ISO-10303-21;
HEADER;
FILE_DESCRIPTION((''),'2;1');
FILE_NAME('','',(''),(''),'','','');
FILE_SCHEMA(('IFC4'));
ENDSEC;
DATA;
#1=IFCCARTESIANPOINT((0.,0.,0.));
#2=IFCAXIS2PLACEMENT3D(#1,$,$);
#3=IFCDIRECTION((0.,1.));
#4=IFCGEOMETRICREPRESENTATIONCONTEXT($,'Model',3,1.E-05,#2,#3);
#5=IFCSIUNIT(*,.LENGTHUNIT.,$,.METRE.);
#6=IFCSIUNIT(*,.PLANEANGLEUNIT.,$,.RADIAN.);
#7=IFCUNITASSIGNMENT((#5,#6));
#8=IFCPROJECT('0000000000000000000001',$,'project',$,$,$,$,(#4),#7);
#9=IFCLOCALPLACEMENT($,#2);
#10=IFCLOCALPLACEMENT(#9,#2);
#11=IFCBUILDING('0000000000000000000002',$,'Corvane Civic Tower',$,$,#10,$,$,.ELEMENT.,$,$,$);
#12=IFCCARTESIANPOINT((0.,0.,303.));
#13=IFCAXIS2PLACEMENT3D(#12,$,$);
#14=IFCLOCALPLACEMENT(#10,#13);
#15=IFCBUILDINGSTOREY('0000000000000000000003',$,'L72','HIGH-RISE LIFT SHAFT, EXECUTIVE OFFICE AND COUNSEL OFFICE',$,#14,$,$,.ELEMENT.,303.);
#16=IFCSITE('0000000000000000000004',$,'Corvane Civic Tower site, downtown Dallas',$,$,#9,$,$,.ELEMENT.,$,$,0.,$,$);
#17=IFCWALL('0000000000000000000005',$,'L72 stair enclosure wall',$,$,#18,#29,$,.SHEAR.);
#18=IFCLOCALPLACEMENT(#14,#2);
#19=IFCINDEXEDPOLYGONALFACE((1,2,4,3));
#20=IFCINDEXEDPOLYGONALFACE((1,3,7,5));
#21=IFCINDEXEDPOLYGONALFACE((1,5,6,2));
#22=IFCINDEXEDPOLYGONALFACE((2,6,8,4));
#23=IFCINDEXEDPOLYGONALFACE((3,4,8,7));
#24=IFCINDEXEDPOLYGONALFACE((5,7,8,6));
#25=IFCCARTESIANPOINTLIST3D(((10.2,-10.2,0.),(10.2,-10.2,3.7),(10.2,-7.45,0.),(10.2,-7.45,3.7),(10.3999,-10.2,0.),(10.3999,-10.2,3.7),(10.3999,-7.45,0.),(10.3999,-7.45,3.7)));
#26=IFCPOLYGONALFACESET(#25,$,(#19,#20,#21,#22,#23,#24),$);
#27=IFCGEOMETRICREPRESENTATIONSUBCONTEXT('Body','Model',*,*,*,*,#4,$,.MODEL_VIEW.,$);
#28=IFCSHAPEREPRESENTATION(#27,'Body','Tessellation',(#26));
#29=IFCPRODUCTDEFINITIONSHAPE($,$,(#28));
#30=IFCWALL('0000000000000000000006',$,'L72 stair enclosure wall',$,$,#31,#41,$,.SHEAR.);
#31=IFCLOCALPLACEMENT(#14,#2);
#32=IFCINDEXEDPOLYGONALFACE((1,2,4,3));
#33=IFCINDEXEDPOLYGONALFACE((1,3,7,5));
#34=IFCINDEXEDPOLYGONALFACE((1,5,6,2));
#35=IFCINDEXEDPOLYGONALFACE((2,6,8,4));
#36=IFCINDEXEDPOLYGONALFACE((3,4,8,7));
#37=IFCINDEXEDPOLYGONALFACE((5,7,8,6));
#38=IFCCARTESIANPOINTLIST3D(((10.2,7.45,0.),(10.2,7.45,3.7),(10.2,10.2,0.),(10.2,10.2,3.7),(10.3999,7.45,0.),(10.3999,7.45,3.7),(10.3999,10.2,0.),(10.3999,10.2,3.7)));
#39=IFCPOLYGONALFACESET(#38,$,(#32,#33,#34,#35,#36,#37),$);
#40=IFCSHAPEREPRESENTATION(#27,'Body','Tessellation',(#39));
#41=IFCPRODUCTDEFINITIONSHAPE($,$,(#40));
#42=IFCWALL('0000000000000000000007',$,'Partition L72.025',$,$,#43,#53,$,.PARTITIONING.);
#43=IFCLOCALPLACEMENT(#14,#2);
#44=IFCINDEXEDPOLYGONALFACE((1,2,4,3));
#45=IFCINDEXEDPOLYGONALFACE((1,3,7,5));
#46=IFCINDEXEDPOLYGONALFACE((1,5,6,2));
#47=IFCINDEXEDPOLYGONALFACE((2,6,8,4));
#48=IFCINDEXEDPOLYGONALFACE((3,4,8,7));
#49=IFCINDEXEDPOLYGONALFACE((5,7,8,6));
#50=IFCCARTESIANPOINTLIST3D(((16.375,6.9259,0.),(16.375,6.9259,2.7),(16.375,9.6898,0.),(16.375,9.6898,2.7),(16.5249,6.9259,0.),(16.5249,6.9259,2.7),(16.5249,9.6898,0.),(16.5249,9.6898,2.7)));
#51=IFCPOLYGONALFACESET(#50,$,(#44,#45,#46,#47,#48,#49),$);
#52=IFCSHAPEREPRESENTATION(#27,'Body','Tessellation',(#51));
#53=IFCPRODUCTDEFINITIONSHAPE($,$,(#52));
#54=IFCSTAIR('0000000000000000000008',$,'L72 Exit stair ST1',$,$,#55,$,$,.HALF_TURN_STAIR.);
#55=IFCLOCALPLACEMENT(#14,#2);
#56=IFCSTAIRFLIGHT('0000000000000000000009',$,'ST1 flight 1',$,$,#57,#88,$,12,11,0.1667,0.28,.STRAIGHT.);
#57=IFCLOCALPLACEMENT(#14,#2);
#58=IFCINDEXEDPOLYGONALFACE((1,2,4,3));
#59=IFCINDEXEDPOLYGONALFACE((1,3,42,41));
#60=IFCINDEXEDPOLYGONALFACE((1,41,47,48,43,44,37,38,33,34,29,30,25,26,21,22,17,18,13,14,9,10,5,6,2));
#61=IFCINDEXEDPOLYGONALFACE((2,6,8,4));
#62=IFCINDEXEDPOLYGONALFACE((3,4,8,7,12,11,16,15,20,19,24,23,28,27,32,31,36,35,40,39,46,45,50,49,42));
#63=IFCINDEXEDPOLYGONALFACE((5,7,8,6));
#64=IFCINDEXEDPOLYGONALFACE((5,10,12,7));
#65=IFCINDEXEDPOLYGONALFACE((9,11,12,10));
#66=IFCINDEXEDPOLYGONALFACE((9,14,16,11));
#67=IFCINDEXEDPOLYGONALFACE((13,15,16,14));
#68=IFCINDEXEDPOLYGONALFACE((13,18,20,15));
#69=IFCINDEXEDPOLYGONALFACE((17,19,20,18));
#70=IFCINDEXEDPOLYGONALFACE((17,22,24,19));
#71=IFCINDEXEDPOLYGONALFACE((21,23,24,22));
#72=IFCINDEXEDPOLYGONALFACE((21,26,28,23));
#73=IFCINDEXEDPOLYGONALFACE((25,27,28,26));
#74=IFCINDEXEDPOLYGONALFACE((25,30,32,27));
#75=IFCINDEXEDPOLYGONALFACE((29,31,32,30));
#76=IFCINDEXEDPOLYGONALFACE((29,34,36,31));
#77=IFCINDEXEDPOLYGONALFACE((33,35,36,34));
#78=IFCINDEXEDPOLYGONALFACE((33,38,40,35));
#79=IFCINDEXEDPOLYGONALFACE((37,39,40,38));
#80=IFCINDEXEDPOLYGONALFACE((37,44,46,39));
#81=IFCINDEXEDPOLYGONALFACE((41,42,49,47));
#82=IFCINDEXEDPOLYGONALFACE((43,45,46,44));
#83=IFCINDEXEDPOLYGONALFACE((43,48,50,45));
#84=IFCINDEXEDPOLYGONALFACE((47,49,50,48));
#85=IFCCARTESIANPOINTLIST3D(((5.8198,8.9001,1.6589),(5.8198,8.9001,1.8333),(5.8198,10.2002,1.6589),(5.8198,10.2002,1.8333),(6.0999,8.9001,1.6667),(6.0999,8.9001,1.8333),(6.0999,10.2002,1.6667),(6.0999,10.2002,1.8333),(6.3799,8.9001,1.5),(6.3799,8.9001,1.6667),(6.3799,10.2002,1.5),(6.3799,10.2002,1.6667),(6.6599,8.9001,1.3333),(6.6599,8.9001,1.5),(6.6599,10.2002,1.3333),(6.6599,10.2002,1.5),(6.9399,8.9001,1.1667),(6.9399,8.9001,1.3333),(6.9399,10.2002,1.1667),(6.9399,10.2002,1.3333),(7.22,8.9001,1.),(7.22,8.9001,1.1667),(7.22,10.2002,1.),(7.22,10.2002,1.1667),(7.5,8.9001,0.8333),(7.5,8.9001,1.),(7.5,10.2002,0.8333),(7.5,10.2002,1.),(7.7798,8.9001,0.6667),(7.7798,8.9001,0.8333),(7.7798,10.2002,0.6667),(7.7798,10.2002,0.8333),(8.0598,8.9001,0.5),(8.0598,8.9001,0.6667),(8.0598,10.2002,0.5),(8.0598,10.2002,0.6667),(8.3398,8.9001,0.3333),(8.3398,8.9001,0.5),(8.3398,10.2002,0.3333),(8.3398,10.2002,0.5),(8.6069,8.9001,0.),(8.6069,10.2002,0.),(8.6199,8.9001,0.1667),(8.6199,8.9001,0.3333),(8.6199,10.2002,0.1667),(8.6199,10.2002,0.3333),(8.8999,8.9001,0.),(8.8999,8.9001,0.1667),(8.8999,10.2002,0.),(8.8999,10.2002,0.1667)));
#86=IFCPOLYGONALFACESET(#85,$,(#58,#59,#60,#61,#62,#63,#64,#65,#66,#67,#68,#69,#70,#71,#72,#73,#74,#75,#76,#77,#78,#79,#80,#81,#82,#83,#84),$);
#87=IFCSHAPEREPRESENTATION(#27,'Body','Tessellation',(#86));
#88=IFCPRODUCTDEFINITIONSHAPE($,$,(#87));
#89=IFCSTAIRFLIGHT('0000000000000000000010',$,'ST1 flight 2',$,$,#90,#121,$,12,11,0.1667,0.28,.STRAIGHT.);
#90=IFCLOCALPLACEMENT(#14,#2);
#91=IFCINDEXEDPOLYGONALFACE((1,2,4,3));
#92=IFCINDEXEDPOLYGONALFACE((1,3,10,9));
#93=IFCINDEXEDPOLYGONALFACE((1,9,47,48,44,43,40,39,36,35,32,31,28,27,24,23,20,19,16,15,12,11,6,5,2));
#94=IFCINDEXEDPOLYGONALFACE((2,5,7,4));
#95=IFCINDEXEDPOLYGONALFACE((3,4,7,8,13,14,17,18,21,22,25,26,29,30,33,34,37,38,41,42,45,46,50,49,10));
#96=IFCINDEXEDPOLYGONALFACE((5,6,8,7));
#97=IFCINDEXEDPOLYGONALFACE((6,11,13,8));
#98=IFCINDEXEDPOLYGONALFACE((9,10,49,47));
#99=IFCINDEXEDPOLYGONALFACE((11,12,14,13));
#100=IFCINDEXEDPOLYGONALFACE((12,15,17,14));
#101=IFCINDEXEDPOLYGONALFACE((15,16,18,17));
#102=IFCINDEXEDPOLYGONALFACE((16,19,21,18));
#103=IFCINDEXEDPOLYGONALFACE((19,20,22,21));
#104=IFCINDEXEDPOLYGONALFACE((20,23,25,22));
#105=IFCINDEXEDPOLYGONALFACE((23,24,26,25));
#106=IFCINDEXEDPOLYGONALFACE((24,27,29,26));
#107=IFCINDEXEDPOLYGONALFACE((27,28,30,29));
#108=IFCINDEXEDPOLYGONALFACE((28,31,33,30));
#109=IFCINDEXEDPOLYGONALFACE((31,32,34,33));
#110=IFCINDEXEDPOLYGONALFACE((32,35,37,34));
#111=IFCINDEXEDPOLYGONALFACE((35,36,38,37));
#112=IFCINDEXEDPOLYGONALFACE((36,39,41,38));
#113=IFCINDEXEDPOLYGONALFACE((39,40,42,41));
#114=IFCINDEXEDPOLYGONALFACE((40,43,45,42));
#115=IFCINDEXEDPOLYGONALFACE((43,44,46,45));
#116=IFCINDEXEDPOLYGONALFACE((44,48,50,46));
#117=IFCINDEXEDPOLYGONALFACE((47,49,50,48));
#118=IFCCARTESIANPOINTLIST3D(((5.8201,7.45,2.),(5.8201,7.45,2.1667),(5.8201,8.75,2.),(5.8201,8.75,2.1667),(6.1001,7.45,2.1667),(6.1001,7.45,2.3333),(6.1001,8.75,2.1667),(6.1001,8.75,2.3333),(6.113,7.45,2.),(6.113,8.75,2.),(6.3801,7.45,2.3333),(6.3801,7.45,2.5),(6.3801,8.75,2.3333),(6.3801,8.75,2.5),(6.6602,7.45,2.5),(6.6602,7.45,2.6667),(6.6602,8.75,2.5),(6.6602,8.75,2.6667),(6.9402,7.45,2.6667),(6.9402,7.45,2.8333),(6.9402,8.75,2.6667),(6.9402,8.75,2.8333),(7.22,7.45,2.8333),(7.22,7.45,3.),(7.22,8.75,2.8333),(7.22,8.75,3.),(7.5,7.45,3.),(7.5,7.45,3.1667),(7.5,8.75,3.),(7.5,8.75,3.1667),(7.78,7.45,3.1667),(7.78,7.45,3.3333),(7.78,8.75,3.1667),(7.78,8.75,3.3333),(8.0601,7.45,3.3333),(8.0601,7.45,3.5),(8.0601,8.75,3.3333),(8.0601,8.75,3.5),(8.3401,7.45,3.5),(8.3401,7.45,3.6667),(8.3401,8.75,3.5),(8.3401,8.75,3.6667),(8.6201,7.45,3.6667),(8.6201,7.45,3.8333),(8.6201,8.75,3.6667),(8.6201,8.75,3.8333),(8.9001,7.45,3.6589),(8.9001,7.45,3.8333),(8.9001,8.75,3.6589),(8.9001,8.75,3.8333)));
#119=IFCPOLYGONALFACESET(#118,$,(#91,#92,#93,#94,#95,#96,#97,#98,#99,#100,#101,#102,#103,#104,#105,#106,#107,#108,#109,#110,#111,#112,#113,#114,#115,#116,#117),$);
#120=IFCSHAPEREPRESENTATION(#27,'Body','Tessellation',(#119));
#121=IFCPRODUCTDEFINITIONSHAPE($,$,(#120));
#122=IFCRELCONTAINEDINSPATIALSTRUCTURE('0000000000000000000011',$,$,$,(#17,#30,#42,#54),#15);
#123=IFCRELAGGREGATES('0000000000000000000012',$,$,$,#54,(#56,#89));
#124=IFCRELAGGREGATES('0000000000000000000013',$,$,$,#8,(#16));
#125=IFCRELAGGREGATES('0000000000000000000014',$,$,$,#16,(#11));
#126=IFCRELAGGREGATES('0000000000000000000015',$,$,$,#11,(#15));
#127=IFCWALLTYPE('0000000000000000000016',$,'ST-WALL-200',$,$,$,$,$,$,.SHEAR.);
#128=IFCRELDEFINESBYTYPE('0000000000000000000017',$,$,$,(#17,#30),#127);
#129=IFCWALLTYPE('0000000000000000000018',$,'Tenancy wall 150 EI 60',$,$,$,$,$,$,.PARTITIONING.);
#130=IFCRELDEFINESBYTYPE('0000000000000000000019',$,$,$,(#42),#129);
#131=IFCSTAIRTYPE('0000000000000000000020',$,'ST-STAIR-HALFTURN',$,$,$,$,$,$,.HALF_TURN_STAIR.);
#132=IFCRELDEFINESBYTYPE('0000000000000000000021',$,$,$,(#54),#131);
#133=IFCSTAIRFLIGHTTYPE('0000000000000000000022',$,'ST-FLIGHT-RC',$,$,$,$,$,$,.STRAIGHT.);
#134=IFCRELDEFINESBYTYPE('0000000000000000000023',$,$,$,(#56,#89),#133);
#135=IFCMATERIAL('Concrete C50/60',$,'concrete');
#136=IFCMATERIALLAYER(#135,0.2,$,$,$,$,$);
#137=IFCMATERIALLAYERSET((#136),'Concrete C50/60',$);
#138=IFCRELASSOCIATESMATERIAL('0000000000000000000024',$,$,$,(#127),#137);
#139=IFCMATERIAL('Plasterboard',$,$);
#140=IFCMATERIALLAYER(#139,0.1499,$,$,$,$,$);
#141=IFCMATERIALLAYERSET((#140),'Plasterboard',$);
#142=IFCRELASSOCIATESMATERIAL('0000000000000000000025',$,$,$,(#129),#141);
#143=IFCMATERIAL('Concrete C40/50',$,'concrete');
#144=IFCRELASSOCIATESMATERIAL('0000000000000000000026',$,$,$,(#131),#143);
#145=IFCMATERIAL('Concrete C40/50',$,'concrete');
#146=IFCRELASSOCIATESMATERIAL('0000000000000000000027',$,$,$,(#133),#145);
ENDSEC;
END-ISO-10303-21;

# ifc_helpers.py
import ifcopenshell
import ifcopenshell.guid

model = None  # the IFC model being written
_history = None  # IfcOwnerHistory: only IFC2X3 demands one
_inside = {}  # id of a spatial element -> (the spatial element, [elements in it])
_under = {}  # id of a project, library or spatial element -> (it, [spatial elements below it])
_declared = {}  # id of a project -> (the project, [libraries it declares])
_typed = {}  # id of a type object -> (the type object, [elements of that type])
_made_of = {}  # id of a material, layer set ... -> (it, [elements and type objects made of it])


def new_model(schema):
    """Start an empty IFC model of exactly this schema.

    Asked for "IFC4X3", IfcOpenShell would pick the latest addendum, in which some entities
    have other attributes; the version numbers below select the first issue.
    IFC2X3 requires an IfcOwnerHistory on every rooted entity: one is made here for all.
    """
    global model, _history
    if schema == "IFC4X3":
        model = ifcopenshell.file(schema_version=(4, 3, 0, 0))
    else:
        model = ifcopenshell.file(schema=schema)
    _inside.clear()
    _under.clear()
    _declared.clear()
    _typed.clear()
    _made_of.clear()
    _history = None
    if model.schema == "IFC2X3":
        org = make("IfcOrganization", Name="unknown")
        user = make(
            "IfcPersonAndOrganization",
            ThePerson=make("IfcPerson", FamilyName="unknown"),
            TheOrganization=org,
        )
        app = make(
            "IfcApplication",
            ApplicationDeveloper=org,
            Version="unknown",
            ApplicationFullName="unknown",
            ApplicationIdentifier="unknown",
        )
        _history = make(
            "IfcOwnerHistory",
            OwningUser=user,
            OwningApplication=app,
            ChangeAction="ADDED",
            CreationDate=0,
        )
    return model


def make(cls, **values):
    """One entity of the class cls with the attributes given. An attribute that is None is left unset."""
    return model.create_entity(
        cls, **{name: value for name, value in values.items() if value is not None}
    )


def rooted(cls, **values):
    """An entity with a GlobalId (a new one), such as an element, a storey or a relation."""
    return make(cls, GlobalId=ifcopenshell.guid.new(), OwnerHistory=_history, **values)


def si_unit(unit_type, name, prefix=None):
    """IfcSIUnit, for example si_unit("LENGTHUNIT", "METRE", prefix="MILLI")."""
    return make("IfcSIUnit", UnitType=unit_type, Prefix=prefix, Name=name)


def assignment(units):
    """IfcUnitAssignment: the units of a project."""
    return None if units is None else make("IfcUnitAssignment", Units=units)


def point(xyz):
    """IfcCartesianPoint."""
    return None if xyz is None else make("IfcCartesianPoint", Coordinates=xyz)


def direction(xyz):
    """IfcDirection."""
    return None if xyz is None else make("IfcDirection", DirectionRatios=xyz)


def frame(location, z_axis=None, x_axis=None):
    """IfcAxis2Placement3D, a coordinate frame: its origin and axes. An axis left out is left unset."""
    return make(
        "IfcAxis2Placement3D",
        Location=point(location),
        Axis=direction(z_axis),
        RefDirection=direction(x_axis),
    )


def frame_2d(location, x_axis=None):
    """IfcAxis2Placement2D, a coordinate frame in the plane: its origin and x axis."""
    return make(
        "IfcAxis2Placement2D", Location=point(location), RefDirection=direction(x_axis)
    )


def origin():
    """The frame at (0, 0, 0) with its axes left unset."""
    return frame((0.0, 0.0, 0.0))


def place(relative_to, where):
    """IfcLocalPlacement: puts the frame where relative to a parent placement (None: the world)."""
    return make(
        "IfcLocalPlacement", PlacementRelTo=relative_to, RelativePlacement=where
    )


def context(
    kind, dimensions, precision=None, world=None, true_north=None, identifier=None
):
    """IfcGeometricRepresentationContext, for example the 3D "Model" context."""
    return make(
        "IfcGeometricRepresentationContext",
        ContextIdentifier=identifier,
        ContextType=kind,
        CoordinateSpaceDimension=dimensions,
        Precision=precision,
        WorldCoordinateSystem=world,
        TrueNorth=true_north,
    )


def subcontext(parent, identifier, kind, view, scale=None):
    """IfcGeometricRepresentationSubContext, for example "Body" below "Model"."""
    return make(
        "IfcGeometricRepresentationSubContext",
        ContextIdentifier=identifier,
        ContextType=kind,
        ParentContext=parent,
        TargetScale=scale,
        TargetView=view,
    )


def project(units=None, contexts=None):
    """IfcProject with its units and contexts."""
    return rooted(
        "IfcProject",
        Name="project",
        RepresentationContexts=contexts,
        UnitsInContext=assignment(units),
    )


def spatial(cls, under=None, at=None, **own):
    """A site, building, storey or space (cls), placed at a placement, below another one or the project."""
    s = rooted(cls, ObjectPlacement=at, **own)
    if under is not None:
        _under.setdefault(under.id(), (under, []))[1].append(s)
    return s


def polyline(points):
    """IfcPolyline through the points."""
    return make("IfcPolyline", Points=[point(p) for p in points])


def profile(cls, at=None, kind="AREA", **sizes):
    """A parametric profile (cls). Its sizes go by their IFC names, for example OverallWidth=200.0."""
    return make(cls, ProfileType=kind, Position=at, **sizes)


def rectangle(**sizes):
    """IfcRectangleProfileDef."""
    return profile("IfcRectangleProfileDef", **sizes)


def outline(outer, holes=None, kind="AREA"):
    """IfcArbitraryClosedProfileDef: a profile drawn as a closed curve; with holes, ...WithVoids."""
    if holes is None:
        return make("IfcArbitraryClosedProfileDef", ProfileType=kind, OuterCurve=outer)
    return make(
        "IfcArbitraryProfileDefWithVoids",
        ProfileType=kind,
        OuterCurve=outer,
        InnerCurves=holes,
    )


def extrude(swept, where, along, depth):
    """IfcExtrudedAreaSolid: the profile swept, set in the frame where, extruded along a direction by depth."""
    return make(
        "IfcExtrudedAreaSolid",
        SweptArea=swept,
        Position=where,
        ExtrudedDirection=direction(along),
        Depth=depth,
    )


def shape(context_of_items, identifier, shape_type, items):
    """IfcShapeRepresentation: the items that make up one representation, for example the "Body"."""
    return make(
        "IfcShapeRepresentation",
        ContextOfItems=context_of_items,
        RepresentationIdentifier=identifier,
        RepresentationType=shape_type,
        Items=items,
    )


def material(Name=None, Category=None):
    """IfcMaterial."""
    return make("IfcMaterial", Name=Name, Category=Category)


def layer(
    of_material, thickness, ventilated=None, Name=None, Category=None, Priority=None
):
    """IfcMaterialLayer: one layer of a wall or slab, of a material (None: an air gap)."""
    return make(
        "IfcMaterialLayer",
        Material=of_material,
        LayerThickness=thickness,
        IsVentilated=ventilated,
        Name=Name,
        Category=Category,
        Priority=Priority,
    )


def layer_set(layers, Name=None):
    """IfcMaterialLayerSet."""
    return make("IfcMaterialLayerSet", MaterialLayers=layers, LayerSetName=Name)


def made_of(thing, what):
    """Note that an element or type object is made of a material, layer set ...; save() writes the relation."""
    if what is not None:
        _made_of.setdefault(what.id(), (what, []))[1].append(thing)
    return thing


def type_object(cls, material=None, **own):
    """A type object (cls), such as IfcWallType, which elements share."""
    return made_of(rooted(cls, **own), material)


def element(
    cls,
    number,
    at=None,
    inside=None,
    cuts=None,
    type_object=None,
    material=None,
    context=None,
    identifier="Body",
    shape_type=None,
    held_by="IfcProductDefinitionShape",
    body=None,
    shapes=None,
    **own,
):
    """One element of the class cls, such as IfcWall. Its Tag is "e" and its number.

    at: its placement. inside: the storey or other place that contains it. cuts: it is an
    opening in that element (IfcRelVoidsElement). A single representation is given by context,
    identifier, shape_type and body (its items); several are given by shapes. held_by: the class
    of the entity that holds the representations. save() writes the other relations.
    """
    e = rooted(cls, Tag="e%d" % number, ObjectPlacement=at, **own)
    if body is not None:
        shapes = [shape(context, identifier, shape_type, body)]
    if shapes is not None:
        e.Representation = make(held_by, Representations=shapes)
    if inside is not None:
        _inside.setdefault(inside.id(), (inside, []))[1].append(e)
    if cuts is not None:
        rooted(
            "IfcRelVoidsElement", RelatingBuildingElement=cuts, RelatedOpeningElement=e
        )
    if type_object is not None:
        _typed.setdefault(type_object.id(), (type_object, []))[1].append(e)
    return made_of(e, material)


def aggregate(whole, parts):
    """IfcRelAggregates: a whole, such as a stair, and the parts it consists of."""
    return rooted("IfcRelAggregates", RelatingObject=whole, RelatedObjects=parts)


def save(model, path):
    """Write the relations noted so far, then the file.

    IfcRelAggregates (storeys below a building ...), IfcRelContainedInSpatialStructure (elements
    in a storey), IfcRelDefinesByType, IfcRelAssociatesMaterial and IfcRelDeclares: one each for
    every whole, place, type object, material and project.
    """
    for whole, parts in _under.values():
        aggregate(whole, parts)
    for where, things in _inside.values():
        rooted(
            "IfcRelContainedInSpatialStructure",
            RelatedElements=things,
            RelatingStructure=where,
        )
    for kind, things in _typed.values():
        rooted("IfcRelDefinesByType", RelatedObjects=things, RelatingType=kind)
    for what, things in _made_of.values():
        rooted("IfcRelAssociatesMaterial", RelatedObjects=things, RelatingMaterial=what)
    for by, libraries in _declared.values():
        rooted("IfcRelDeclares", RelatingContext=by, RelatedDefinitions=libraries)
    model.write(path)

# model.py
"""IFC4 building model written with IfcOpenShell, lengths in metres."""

from ifc_helpers import new_model, si_unit, direction, frame, frame_2d, origin, place, context, subcontext, project, spatial, polyline, rectangle, outline, extrude, material, layer, layer_set, type_object, element, aggregate, save


model = new_model("IFC4")

# Units and contexts
model_context = context("Model", 3, precision=1e-05, world=origin(), true_north=direction((0.0, 1.0)))
body_context = subcontext(model_context, "Body", "Model", "MODEL_VIEW")
ifc_project = project(units=[si_unit("LENGTHUNIT", "METRE"), si_unit("PLANEANGLEUNIT", "RADIAN")], contexts=[model_context])

# Site, building, storey
site_placement = place(None, origin())
site = spatial("IfcSite", under=ifc_project, at=site_placement, Name="Corvane Civic Tower site, downtown Dallas", CompositionType="ELEMENT", RefElevation=0.0)
building_placement = place(site_placement, origin())
building = spatial("IfcBuilding", under=site, at=building_placement, Name="Corvane Civic Tower", CompositionType="ELEMENT")
storey_placement = place(building_placement, frame((0.0, 0.0, 303.0)))
storey = spatial("IfcBuildingStorey", under=building, at=storey_placement, Name="L72", Description="HIGH-RISE LIFT SHAFT, EXECUTIVE OFFICE AND COUNSEL OFFICE", CompositionType="ELEMENT", Elevation=303.0)

# Shared definitions
ifc_material_1 = material(Name="Concrete C50/60", Category="concrete")
ifc_layer_1 = layer(ifc_material_1, 0.2)
ifc_layer_set_1 = layer_set([ifc_layer_1], Name="Concrete C50/60")
wall_type_1 = type_object("IfcWallType", Name="ST-WALL-200", PredefinedType="SHEAR", material=ifc_layer_set_1)

# Walls
wall_1_placement = place(storey_placement, origin())
element("IfcWall", 1, at=wall_1_placement, inside=storey, type_object=wall_type_1, Name="L72 stair enclosure wall", PredefinedType="SHEAR", context=body_context, shape_type="SweptSolid", body=[
    extrude(outline(polyline([(10.3999, -7.45), (10.3999, -10.2), (10.2, -10.2), (10.2, -7.45), (10.3999, -7.45)])), origin(), (0.0, 0.0, 1.0), 3.7),
])
wall_2_placement = place(storey_placement, origin())
element("IfcWall", 2, at=wall_2_placement, inside=storey, type_object=wall_type_1, Name="L72 stair enclosure wall", PredefinedType="SHEAR", context=body_context, shape_type="SweptSolid", body=[
    extrude(outline(polyline([(10.3999, 7.45), (10.2, 7.45), (10.2, 10.2), (10.3999, 10.2), (10.3999, 7.45)])), origin(), (0.0, 0.0, 1.0), 3.7),
])
ifc_material_2 = material(Name="Plasterboard")
ifc_layer_2 = layer(ifc_material_2, 0.1499)
ifc_layer_set_2 = layer_set([ifc_layer_2], Name="Plasterboard")
wall_type_2 = type_object("IfcWallType", Name="Tenancy wall 150 EI 60", PredefinedType="PARTITIONING", material=ifc_layer_set_2)
wall_3_placement = place(storey_placement, frame((16.45, 6.926, 0.0), z_axis=(0.0, 0.0, 1.0), x_axis=(0.0, 1.0, 0.0)))
element("IfcWall", 3, at=wall_3_placement, inside=storey, type_object=wall_type_2, Name="Partition L72.025", PredefinedType="PARTITIONING", context=body_context, shape_type="SweptSolid", body=[
    extrude(rectangle(XDim=2.7639, YDim=0.1499, at=frame_2d((1.3818, 0.0))), origin(), (0.0, 0.0, 1.0), 2.7),
])

# Stair, stair flights
ifc_material_3 = material(Name="Concrete C40/50", Category="concrete")
stair_type = type_object("IfcStairType", Name="ST-STAIR-HALFTURN", PredefinedType="HALF_TURN_STAIR", material=ifc_material_3)
stair_placement = place(storey_placement, origin())
stair = element("IfcStair", 4, at=stair_placement, inside=storey, type_object=stair_type, Name="L72 Exit stair ST1", PredefinedType="HALF_TURN_STAIR")
ifc_material_4 = material(Name="Concrete C40/50", Category="concrete")
stair_flight_type = type_object("IfcStairFlightType", Name="ST-FLIGHT-RC", PredefinedType="STRAIGHT", material=ifc_material_4)
stair_flight_1_placement = place(storey_placement, frame((8.8999, 9.55, 0.0), z_axis=(0.0, 0.0, 1.0), x_axis=(-1.0, 0.0, 0.0)))
stair_flight_1 = element("IfcStairFlight", 5, at=stair_flight_1_placement, type_object=stair_flight_type, Name="ST1 flight 1", NumberOfRisers=12, NumberOfTreads=11, PredefinedType="STRAIGHT", RiserHeight=0.1667, TreadLength=0.28, context=body_context, shape_type="SweptSolid", body=[
    extrude(outline(polyline([(0.0, 0.0), (0.0, 0.1667), (0.28, 0.1667), (0.28, 0.3333), (0.5601, 0.3333), (0.5601, 0.5), (0.8401, 0.5), (0.8401, 0.6667), (1.1201, 0.6667), (1.1201, 0.8333), (1.3999, 0.8333), (1.3999, 1.0), (1.6799, 1.0), (1.6799, 1.1667), (1.96, 1.1667), (1.96, 1.3333), (2.24, 1.3333), (2.24, 1.5), (2.52, 1.5), (2.52, 1.6667), (2.8, 1.6667), (2.8, 1.8333), (3.0801, 1.8333), (3.0801, 2.0), (3.0801, 1.6589), (0.293, 0.0), (0.0, 0.0)])), frame((0.0, 0.6499, 0.0), z_axis=(0.0, -1.0, 0.0), x_axis=(1.0, 0.0, 0.0)), (0.0, 0.0, 1.0), 1.3),
])
stair_flight_2_placement = place(storey_placement, frame((5.8201, 8.1001, 2.0), z_axis=(0.0, 0.0, 1.0), x_axis=(1.0, 0.0, 0.0)))
stair_flight_2 = element("IfcStairFlight", 6, at=stair_flight_2_placement, type_object=stair_flight_type, Name="ST1 flight 2", NumberOfRisers=12, NumberOfTreads=11, PredefinedType="STRAIGHT", RiserHeight=0.1667, TreadLength=0.28, context=body_context, shape_type="SweptSolid", body=[
    extrude(outline(polyline([(0.0, 0.0), (0.0, 0.1667), (0.28, 0.1667), (0.28, 0.3333), (0.5601, 0.3333), (0.5601, 0.5), (0.8401, 0.5), (0.8401, 0.6667), (1.1201, 0.6667), (1.1201, 0.8333), (1.3999, 0.8333), (1.3999, 1.0), (1.6799, 1.0), (1.6799, 1.1667), (1.96, 1.1667), (1.96, 1.3333), (2.24, 1.3333), (2.24, 1.5), (2.52, 1.5), (2.52, 1.6667), (2.8, 1.6667), (2.8, 1.8333), (3.0801, 1.8333), (3.0801, 2.0), (3.0801, 1.6589), (0.293, 0.0), (0.0, 0.0)])), frame((0.0, 0.6499, 0.0), z_axis=(0.0, -1.0, 0.0), x_axis=(1.0, 0.0, 0.0)), (0.0, 0.0, 1.0), 1.3),
])
aggregate(stair, [stair_flight_1, stair_flight_2])

save(model, "model.ifc")
